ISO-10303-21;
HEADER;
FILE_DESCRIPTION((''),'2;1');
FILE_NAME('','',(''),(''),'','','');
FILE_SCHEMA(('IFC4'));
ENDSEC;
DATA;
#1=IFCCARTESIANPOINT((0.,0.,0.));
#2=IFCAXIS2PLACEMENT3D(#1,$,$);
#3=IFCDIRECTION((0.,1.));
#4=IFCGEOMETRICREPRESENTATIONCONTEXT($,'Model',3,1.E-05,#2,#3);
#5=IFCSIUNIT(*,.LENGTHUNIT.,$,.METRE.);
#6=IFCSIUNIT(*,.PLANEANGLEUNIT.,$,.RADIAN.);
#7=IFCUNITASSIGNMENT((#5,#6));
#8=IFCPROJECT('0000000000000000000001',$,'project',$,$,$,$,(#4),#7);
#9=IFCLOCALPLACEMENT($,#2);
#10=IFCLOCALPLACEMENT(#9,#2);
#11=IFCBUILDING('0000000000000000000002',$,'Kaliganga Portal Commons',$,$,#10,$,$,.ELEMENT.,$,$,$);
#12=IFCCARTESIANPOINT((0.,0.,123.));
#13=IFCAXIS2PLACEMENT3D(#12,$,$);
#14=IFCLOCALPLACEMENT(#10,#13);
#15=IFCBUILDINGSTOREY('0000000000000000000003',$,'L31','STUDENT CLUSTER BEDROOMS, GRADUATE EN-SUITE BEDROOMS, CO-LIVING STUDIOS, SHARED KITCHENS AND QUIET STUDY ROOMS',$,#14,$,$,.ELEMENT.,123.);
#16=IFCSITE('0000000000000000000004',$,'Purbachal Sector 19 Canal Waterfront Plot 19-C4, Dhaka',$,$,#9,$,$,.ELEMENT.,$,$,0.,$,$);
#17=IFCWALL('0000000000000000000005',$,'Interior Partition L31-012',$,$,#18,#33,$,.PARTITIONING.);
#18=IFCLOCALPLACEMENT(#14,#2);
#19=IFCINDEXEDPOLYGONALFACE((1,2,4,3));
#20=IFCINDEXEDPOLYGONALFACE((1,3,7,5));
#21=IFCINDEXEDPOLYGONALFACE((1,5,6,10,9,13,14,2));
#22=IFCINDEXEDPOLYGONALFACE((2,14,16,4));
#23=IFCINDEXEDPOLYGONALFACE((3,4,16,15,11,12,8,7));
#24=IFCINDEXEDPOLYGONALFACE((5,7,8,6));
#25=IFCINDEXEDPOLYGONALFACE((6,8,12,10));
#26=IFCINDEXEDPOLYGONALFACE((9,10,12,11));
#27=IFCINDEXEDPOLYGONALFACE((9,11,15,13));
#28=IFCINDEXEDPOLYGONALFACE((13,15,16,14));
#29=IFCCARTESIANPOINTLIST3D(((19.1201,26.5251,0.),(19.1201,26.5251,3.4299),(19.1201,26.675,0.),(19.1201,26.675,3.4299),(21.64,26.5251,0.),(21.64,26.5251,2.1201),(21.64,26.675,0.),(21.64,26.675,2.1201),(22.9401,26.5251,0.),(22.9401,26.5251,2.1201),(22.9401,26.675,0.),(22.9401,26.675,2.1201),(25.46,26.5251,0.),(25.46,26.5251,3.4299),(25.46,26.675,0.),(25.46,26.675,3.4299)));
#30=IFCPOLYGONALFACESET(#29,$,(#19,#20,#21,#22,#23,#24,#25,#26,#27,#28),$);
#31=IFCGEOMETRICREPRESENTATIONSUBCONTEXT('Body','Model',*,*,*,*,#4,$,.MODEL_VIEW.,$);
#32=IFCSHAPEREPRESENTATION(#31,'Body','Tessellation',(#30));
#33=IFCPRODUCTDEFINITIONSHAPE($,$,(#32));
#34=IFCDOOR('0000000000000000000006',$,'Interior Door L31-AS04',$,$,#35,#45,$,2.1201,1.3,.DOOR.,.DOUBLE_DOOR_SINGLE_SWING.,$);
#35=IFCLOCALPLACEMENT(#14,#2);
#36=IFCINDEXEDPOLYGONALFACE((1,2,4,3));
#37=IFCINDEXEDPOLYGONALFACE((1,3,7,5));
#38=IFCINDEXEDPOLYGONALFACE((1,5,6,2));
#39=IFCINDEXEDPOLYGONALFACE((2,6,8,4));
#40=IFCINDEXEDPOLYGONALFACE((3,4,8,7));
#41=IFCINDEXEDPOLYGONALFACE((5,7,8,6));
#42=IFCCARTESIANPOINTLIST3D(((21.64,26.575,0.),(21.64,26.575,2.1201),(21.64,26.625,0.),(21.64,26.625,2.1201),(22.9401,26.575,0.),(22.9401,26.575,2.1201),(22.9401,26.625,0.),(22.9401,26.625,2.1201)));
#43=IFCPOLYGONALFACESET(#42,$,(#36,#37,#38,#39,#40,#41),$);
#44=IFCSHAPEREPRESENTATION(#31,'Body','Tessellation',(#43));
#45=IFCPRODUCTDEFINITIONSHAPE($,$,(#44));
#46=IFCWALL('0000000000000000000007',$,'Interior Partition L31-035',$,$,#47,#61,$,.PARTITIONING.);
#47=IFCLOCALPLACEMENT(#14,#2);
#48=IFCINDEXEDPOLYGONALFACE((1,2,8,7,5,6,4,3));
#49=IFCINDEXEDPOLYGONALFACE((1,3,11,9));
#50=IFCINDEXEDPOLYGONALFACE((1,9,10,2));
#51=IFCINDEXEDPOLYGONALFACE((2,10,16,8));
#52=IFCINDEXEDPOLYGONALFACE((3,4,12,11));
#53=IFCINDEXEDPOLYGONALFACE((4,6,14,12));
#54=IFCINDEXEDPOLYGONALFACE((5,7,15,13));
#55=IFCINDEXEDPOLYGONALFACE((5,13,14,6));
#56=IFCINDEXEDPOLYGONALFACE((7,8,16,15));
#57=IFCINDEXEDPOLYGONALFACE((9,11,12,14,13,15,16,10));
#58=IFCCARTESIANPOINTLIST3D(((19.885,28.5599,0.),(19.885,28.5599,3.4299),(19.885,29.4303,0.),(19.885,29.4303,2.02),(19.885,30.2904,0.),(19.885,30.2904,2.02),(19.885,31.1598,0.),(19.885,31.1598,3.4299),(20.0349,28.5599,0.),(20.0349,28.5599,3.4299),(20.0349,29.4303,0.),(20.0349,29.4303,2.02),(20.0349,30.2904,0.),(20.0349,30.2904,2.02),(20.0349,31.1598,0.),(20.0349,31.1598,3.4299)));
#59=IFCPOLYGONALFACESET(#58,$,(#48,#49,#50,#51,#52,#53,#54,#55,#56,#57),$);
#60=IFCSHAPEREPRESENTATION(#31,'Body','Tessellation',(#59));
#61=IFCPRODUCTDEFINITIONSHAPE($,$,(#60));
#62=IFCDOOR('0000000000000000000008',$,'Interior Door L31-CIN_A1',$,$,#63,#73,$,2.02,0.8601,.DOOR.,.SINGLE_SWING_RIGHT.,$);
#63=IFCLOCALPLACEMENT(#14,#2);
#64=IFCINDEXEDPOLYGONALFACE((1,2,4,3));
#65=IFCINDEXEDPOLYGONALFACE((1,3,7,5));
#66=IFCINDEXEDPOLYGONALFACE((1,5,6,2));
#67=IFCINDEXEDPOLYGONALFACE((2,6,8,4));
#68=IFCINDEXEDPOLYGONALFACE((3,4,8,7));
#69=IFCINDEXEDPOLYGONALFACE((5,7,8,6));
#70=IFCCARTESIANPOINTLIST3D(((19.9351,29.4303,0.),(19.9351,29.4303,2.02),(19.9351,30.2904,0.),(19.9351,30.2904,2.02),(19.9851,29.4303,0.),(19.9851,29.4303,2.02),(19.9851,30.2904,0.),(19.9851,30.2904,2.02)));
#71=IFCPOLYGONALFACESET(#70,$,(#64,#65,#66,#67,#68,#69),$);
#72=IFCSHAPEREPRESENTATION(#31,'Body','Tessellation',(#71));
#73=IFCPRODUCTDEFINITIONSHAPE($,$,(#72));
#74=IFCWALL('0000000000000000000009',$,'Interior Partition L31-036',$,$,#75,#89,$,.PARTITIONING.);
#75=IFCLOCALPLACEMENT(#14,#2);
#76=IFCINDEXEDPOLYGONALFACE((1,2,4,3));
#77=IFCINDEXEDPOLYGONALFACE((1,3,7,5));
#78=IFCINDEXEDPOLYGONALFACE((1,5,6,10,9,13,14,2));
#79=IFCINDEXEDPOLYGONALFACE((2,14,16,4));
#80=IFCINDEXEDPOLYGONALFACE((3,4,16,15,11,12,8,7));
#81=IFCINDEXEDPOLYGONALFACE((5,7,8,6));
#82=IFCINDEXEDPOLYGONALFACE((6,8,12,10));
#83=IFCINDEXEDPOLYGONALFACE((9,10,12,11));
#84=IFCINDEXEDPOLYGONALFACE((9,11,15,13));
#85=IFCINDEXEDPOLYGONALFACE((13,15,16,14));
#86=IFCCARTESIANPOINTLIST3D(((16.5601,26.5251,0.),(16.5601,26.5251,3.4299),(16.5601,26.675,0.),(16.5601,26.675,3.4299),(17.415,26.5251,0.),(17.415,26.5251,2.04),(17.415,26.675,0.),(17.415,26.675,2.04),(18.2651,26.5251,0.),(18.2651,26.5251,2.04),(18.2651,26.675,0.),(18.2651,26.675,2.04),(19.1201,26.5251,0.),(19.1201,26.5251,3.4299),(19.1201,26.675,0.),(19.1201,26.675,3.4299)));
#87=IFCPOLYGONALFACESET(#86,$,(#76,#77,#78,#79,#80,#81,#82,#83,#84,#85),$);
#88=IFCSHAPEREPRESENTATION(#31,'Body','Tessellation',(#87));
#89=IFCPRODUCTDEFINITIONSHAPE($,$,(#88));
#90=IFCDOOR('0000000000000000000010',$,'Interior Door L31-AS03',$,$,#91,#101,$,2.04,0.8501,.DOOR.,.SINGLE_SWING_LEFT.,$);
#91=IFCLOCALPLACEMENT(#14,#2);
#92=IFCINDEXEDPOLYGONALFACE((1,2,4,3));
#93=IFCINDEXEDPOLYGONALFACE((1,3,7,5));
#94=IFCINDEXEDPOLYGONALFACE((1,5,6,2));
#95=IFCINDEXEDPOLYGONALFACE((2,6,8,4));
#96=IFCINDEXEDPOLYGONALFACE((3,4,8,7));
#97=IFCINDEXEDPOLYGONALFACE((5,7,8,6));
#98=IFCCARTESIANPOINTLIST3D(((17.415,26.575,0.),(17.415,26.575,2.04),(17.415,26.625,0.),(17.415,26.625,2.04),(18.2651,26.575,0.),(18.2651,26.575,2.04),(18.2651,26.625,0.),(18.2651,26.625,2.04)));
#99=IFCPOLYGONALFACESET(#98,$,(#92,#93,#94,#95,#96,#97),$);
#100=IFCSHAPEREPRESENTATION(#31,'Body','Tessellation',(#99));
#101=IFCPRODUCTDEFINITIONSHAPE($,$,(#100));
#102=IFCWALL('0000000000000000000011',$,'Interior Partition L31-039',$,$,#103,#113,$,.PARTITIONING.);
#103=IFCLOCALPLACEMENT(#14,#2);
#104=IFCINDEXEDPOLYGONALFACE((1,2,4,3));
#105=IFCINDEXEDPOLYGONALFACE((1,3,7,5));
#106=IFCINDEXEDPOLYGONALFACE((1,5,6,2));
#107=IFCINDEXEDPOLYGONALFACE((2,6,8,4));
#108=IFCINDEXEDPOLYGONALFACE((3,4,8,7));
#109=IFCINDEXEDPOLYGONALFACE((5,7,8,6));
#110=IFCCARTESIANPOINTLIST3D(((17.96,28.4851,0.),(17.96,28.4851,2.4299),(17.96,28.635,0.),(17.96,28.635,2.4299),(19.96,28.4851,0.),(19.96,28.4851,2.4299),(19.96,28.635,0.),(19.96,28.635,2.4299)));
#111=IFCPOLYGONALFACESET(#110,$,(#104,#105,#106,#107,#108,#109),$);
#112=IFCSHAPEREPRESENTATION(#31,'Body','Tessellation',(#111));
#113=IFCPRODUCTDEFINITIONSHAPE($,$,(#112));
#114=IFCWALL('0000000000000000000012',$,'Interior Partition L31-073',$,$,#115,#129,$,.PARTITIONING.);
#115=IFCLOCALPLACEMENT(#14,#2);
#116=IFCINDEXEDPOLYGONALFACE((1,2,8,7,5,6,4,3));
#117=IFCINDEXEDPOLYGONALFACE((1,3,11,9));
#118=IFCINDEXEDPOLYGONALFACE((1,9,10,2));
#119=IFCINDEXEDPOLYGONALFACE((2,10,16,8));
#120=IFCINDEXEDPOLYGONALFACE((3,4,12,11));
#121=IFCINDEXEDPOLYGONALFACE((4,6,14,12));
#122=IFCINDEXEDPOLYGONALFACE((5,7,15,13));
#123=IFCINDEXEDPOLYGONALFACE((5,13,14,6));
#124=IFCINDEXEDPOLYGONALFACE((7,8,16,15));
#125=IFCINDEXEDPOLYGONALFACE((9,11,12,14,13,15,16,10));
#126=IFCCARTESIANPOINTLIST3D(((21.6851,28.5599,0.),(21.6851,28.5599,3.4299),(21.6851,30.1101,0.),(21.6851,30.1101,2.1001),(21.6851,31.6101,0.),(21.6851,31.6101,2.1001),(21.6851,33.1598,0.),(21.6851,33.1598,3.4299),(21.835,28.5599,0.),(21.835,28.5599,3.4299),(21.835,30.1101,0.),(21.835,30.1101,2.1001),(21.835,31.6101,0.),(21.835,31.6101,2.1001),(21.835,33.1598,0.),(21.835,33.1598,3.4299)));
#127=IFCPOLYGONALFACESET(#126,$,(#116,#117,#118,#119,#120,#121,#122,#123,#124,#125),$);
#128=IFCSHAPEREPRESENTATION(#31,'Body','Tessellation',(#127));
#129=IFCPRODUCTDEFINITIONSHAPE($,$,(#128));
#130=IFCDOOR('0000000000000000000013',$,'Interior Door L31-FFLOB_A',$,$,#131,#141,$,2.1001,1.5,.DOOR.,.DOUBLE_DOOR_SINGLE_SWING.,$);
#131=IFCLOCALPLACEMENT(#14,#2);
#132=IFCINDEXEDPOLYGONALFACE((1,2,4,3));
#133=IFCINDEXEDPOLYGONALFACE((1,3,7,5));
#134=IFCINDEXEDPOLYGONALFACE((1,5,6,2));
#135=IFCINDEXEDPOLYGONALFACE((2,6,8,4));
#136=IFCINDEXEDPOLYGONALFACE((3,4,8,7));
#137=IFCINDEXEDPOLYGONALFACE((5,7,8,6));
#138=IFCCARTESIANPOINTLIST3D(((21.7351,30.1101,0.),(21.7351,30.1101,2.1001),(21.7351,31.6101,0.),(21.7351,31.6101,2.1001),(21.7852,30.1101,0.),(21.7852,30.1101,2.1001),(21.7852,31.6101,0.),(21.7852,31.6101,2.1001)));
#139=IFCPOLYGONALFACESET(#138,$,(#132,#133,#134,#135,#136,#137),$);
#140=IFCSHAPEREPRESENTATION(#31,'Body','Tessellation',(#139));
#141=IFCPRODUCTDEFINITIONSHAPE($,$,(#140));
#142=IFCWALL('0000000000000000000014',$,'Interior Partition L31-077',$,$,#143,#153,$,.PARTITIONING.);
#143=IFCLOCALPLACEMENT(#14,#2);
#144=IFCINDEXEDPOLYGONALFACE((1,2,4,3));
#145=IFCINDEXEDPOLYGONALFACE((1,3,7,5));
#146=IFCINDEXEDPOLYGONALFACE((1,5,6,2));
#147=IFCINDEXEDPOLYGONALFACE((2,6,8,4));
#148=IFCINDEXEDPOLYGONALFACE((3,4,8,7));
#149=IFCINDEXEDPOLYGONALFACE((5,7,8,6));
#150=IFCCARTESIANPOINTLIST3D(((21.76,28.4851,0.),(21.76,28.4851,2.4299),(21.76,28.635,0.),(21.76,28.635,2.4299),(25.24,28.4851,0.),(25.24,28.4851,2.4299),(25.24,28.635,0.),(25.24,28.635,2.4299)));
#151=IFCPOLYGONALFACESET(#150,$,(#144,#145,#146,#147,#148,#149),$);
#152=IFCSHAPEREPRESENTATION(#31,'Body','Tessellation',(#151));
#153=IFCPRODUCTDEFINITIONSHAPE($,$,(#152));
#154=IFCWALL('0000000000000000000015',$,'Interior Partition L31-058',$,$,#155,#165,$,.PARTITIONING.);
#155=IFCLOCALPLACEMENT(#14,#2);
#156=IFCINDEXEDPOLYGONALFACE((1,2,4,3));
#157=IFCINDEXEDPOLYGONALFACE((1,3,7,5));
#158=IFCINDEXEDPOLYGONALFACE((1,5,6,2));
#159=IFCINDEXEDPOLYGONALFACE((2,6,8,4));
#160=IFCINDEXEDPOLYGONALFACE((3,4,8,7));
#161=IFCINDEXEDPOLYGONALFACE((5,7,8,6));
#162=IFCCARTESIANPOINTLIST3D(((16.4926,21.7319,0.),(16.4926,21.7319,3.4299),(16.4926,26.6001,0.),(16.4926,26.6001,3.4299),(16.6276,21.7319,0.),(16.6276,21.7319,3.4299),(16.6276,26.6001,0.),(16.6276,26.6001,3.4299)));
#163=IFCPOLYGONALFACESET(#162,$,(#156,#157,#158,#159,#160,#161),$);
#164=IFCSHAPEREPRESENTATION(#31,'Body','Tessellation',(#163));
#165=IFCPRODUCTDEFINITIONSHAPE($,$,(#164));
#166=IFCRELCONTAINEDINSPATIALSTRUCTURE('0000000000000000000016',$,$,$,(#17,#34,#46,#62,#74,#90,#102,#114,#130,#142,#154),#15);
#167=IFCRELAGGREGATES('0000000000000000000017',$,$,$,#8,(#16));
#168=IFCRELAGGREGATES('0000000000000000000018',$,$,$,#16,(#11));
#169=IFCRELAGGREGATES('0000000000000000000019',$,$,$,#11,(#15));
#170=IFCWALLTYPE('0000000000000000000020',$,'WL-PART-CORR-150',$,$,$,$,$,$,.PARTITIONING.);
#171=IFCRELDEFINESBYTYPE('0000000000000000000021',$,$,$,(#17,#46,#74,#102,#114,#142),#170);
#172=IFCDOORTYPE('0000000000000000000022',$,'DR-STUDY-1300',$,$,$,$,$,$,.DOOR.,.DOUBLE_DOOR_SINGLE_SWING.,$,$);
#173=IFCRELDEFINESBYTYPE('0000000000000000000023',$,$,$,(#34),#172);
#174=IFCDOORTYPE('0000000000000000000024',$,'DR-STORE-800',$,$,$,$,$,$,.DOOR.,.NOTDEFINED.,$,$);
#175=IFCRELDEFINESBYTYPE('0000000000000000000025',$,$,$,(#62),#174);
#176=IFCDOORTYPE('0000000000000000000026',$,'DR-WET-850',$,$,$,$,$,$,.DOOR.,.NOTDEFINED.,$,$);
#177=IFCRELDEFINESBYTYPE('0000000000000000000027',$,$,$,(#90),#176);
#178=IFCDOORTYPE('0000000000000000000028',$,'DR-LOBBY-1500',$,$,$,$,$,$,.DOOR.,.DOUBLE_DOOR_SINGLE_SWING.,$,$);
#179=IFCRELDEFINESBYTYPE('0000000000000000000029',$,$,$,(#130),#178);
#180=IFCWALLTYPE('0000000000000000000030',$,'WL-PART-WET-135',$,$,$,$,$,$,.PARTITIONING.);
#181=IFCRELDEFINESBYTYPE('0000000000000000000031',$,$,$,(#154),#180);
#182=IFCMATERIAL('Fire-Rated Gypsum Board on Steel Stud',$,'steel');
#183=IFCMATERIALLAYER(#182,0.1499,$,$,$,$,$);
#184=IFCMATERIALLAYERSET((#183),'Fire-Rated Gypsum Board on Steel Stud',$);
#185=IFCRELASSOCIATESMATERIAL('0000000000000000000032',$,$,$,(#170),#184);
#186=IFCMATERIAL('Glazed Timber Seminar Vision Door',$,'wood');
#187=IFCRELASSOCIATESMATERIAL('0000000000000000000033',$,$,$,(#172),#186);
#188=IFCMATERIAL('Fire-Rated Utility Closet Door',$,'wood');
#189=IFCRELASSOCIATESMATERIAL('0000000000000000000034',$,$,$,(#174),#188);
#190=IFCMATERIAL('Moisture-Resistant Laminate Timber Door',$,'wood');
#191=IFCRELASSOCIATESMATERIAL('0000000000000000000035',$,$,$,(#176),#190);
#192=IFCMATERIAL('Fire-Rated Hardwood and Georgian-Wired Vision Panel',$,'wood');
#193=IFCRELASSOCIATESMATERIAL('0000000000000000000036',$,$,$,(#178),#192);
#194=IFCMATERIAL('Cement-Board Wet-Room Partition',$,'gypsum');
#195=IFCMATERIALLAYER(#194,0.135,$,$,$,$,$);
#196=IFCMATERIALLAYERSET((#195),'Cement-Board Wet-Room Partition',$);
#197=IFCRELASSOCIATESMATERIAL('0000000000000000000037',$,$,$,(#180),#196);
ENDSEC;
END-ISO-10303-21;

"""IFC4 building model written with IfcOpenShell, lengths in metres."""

from ifc_helpers import new_model, si_unit, direction, frame, frame_2d, origin, place, context, subcontext, project, spatial, rectangle, extrude, material, layer, layer_set, type_object, element, fill, save


model = new_model("IFC4")

# Units and contexts
model_context = context("Model", 3, precision=1e-05, world=origin(), true_north=direction((0.0, 1.0)))
body_context = subcontext(model_context, "Body", "Model", "MODEL_VIEW")
ifc_project = project(units=[si_unit("LENGTHUNIT", "METRE"), si_unit("PLANEANGLEUNIT", "RADIAN")], contexts=[model_context])

# Site, building, storey
site_placement = place(None, origin())
site = spatial("IfcSite", under=ifc_project, at=site_placement, Name="Purbachal Sector 19 Canal Waterfront Plot 19-C4, Dhaka", CompositionType="ELEMENT", RefElevation=0.0)
building_placement = place(site_placement, origin())
building = spatial("IfcBuilding", under=site, at=building_placement, Name="Kaliganga Portal Commons", CompositionType="ELEMENT")
storey_placement = place(building_placement, frame((0.0, 0.0, 123.0)))
storey = spatial("IfcBuildingStorey", under=building, at=storey_placement, Name="L31", Description="STUDENT CLUSTER BEDROOMS, GRADUATE EN-SUITE BEDROOMS, CO-LIVING STUDIOS, SHARED KITCHENS AND QUIET STUDY ROOMS", CompositionType="ELEMENT", Elevation=123.0)

# Walls, openings, doors
ifc_material_1 = material(Name="Fire-Rated Gypsum Board on Steel Stud", Category="steel")
ifc_layer_1 = layer(ifc_material_1, 0.1499)
ifc_layer_set_1 = layer_set([ifc_layer_1], Name="Fire-Rated Gypsum Board on Steel Stud")
wall_type_1 = type_object("IfcWallType", Name="WL-PART-CORR-150", PredefinedType="PARTITIONING", material=ifc_layer_set_1)
wall_1_placement = place(storey_placement, frame((19.1201, 26.6001, 0.0), z_axis=(0.0, 0.0, 1.0), x_axis=(1.0, 0.0, 0.0)))
wall_1 = element("IfcWall", 1, at=wall_1_placement, inside=storey, type_object=wall_type_1, Name="Interior Partition L31-012", PredefinedType="PARTITIONING", context=body_context, shape_type="SweptSolid", body=[
    extrude(rectangle(XDim=6.3398, YDim=0.1499, at=frame_2d((3.1699, 0.0))), origin(), (0.0, 0.0, 1.0), 3.4299),
])
opening_1_placement = place(wall_1_placement, frame((2.52, 0.0, 0.0)))
opening_1 = element("IfcOpeningElement", 2, at=opening_1_placement, cuts=wall_1, PredefinedType="OPENING", context=body_context, shape_type="SweptSolid", body=[
    extrude(rectangle(XDim=1.3, YDim=2.1201, at=frame_2d((0.6499, 1.0601))), frame((0.0, 0.085, 0.0), z_axis=(0.0, -1.0, 0.0), x_axis=(1.0, 0.0, 0.0)), (0.0, 0.0, 1.0), 0.1699),
])
ifc_material_2 = material(Name="Glazed Timber Seminar Vision Door", Category="wood")
door_type_1 = type_object("IfcDoorType", Name="DR-STUDY-1300", OperationType="DOUBLE_DOOR_SINGLE_SWING", PredefinedType="DOOR", material=ifc_material_2)
door_1_placement = place(opening_1_placement, origin())
door_1 = element("IfcDoor", 3, at=door_1_placement, inside=storey, type_object=door_type_1, Name="Interior Door L31-AS04", OperationType="DOUBLE_DOOR_SINGLE_SWING", OverallHeight=2.1201, OverallWidth=1.3, PredefinedType="DOOR", context=body_context, shape_type="SweptSolid", body=[
    extrude(rectangle(XDim=1.3, YDim=2.1201, at=frame_2d((0.6499, 1.0601))), frame((0.0, 0.0249, 0.0), z_axis=(0.0, -1.0, 0.0), x_axis=(1.0, 0.0, 0.0)), (0.0, 0.0, 1.0), 0.05),
])
fill(opening_1, door_1)
wall_2_placement = place(storey_placement, frame((19.96, 28.5601, 0.0), z_axis=(0.0, 0.0, 1.0), x_axis=(0.0, 1.0, 0.0)))
wall_2 = element("IfcWall", 4, at=wall_2_placement, inside=storey, type_object=wall_type_1, Name="Interior Partition L31-035", PredefinedType="PARTITIONING", context=body_context, shape_type="SweptSolid", body=[
    extrude(rectangle(XDim=2.5999, YDim=0.1499, at=frame_2d((1.2998, 0.0))), origin(), (0.0, 0.0, 1.0), 3.4299),
])
opening_2_placement = place(wall_2_placement, frame((0.8701, 0.0, 0.0)))
opening_2 = element("IfcOpeningElement", 5, at=opening_2_placement, cuts=wall_2, PredefinedType="OPENING", context=body_context, shape_type="SweptSolid", body=[
    extrude(rectangle(XDim=0.8601, YDim=2.02, at=frame_2d((0.4302, 1.01))), frame((0.0, 0.085, 0.0), z_axis=(0.0, -1.0, 0.0), x_axis=(1.0, 0.0, 0.0)), (0.0, 0.0, 1.0), 0.1699),
])
ifc_material_3 = material(Name="Fire-Rated Utility Closet Door", Category="wood")
door_type_2 = type_object("IfcDoorType", Name="DR-STORE-800", OperationType="NOTDEFINED", PredefinedType="DOOR", material=ifc_material_3)
door_2_placement = place(opening_2_placement, origin())
door_2 = element("IfcDoor", 6, at=door_2_placement, inside=storey, type_object=door_type_2, Name="Interior Door L31-CIN_A1", OperationType="SINGLE_SWING_RIGHT", OverallHeight=2.02, OverallWidth=0.8601, PredefinedType="DOOR", context=body_context, shape_type="SweptSolid", body=[
    extrude(rectangle(XDim=0.8601, YDim=2.02, at=frame_2d((0.4302, 1.01))), frame((0.0, 0.0249, 0.0), z_axis=(0.0, -1.0, 0.0), x_axis=(1.0, 0.0, 0.0)), (0.0, 0.0, 1.0), 0.05),
])
fill(opening_2, door_2)
wall_3_placement = place(storey_placement, frame((16.5601, 26.6001, 0.0), z_axis=(0.0, 0.0, 1.0), x_axis=(1.0, 0.0, 0.0)))
wall_3 = element("IfcWall", 7, at=wall_3_placement, inside=storey, type_object=wall_type_1, Name="Interior Partition L31-036", PredefinedType="PARTITIONING", context=body_context, shape_type="SweptSolid", body=[
    extrude(rectangle(XDim=2.5601, YDim=0.1499, at=frame_2d((1.28, 0.0))), origin(), (0.0, 0.0, 1.0), 3.4299),
])
opening_3_placement = place(wall_3_placement, frame((0.855, 0.0, 0.0)))
opening_3 = element("IfcOpeningElement", 8, at=opening_3_placement, cuts=wall_3, PredefinedType="OPENING", context=body_context, shape_type="SweptSolid", body=[
    extrude(rectangle(XDim=0.8501, YDim=2.04, at=frame_2d((0.425, 1.02))), frame((0.0, 0.085, 0.0), z_axis=(0.0, -1.0, 0.0), x_axis=(1.0, 0.0, 0.0)), (0.0, 0.0, 1.0), 0.1699),
])
ifc_material_4 = material(Name="Moisture-Resistant Laminate Timber Door", Category="wood")
door_type_3 = type_object("IfcDoorType", Name="DR-WET-850", OperationType="NOTDEFINED", PredefinedType="DOOR", material=ifc_material_4)
door_3_placement = place(opening_3_placement, origin())
door_3 = element("IfcDoor", 9, at=door_3_placement, inside=storey, type_object=door_type_3, Name="Interior Door L31-AS03", OperationType="SINGLE_SWING_LEFT", OverallHeight=2.04, OverallWidth=0.8501, PredefinedType="DOOR", context=body_context, shape_type="SweptSolid", body=[
    extrude(rectangle(XDim=0.8501, YDim=2.04, at=frame_2d((0.425, 1.02))), frame((0.0, 0.0249, 0.0), z_axis=(0.0, -1.0, 0.0), x_axis=(1.0, 0.0, 0.0)), (0.0, 0.0, 1.0), 0.05),
])
fill(opening_3, door_3)

# Wall
wall_4_placement = place(storey_placement, frame((17.96, 28.5601, 0.0), z_axis=(0.0, 0.0, 1.0), x_axis=(1.0, 0.0, 0.0)))
element("IfcWall", 10, at=wall_4_placement, inside=storey, type_object=wall_type_1, Name="Interior Partition L31-039", PredefinedType="PARTITIONING", context=body_context, shape_type="SweptSolid", body=[
    extrude(rectangle(XDim=2.0, YDim=0.1499, at=frame_2d((1.0, 0.0))), origin(), (0.0, 0.0, 1.0), 2.4299),
])

# Wall, opening, door
wall_5_placement = place(storey_placement, frame((21.76, 28.5601, 0.0), z_axis=(0.0, 0.0, 1.0), x_axis=(0.0, 1.0, 0.0)))
wall_5 = element("IfcWall", 11, at=wall_5_placement, inside=storey, type_object=wall_type_1, Name="Interior Partition L31-073", PredefinedType="PARTITIONING", context=body_context, shape_type="SweptSolid", body=[
    extrude(rectangle(XDim=4.5999, YDim=0.1499, at=frame_2d((2.2998, 0.0))), origin(), (0.0, 0.0, 1.0), 3.4299),
])
opening_4_placement = place(wall_5_placement, frame((1.55, 0.0, 0.0)))
opening_4 = element("IfcOpeningElement", 12, at=opening_4_placement, cuts=wall_5, PredefinedType="OPENING", context=body_context, shape_type="SweptSolid", body=[
    extrude(rectangle(XDim=1.5, YDim=2.1001, at=frame_2d((0.75, 1.05))), frame((0.0, 0.085, 0.0), z_axis=(0.0, -1.0, 0.0), x_axis=(1.0, 0.0, 0.0)), (0.0, 0.0, 1.0), 0.1699),
])
ifc_material_5 = material(Name="Fire-Rated Hardwood and Georgian-Wired Vision Panel", Category="wood")
door_type_4 = type_object("IfcDoorType", Name="DR-LOBBY-1500", OperationType="DOUBLE_DOOR_SINGLE_SWING", PredefinedType="DOOR", material=ifc_material_5)
door_4_placement = place(opening_4_placement, origin())
door_4 = element("IfcDoor", 13, at=door_4_placement, inside=storey, type_object=door_type_4, Name="Interior Door L31-FFLOB_A", OperationType="DOUBLE_DOOR_SINGLE_SWING", OverallHeight=2.1001, OverallWidth=1.5, PredefinedType="DOOR", context=body_context, shape_type="SweptSolid", body=[
    extrude(rectangle(XDim=1.5, YDim=2.1001, at=frame_2d((0.75, 1.05))), frame((0.0, 0.0249, 0.0), z_axis=(0.0, -1.0, 0.0), x_axis=(1.0, 0.0, 0.0)), (0.0, 0.0, 1.0), 0.05),
])
fill(opening_4, door_4)

# Walls
wall_6_placement = place(storey_placement, frame((21.76, 28.5601, 0.0), z_axis=(0.0, 0.0, 1.0), x_axis=(1.0, 0.0, 0.0)))
element("IfcWall", 14, at=wall_6_placement, inside=storey, type_object=wall_type_1, Name="Interior Partition L31-077", PredefinedType="PARTITIONING", context=body_context, shape_type="SweptSolid", body=[
    extrude(rectangle(XDim=3.48, YDim=0.1499, at=frame_2d((1.74, 0.0))), origin(), (0.0, 0.0, 1.0), 2.4299),
])
ifc_material_6 = material(Name="Cement-Board Wet-Room Partition", Category="gypsum")
ifc_layer_2 = layer(ifc_material_6, 0.135)
ifc_layer_set_2 = layer_set([ifc_layer_2], Name="Cement-Board Wet-Room Partition")
wall_type_2 = type_object("IfcWallType", Name="WL-PART-WET-135", PredefinedType="PARTITIONING", material=ifc_layer_set_2)
for number, where, z_axis, x_axis, name in (
    (15, (16.5601, 21.7319, 0.0), (0.0, 0.0, 1.0), (0.0, 1.0, 0.0), "Interior Partition L31-058"),
):
    element("IfcWall", number, at=place(storey_placement, frame(where, z_axis=z_axis, x_axis=x_axis)), inside=storey, type_object=wall_type_2, Name=name, PredefinedType="PARTITIONING", context=body_context, shape_type="SweptSolid", body=[
        extrude(rectangle(XDim=4.8682, YDim=0.135, at=frame_2d((2.4341, 0.0))), origin(), (0.0, 0.0, 1.0), 3.4299),
    ])

save(model, "model.ifc")
